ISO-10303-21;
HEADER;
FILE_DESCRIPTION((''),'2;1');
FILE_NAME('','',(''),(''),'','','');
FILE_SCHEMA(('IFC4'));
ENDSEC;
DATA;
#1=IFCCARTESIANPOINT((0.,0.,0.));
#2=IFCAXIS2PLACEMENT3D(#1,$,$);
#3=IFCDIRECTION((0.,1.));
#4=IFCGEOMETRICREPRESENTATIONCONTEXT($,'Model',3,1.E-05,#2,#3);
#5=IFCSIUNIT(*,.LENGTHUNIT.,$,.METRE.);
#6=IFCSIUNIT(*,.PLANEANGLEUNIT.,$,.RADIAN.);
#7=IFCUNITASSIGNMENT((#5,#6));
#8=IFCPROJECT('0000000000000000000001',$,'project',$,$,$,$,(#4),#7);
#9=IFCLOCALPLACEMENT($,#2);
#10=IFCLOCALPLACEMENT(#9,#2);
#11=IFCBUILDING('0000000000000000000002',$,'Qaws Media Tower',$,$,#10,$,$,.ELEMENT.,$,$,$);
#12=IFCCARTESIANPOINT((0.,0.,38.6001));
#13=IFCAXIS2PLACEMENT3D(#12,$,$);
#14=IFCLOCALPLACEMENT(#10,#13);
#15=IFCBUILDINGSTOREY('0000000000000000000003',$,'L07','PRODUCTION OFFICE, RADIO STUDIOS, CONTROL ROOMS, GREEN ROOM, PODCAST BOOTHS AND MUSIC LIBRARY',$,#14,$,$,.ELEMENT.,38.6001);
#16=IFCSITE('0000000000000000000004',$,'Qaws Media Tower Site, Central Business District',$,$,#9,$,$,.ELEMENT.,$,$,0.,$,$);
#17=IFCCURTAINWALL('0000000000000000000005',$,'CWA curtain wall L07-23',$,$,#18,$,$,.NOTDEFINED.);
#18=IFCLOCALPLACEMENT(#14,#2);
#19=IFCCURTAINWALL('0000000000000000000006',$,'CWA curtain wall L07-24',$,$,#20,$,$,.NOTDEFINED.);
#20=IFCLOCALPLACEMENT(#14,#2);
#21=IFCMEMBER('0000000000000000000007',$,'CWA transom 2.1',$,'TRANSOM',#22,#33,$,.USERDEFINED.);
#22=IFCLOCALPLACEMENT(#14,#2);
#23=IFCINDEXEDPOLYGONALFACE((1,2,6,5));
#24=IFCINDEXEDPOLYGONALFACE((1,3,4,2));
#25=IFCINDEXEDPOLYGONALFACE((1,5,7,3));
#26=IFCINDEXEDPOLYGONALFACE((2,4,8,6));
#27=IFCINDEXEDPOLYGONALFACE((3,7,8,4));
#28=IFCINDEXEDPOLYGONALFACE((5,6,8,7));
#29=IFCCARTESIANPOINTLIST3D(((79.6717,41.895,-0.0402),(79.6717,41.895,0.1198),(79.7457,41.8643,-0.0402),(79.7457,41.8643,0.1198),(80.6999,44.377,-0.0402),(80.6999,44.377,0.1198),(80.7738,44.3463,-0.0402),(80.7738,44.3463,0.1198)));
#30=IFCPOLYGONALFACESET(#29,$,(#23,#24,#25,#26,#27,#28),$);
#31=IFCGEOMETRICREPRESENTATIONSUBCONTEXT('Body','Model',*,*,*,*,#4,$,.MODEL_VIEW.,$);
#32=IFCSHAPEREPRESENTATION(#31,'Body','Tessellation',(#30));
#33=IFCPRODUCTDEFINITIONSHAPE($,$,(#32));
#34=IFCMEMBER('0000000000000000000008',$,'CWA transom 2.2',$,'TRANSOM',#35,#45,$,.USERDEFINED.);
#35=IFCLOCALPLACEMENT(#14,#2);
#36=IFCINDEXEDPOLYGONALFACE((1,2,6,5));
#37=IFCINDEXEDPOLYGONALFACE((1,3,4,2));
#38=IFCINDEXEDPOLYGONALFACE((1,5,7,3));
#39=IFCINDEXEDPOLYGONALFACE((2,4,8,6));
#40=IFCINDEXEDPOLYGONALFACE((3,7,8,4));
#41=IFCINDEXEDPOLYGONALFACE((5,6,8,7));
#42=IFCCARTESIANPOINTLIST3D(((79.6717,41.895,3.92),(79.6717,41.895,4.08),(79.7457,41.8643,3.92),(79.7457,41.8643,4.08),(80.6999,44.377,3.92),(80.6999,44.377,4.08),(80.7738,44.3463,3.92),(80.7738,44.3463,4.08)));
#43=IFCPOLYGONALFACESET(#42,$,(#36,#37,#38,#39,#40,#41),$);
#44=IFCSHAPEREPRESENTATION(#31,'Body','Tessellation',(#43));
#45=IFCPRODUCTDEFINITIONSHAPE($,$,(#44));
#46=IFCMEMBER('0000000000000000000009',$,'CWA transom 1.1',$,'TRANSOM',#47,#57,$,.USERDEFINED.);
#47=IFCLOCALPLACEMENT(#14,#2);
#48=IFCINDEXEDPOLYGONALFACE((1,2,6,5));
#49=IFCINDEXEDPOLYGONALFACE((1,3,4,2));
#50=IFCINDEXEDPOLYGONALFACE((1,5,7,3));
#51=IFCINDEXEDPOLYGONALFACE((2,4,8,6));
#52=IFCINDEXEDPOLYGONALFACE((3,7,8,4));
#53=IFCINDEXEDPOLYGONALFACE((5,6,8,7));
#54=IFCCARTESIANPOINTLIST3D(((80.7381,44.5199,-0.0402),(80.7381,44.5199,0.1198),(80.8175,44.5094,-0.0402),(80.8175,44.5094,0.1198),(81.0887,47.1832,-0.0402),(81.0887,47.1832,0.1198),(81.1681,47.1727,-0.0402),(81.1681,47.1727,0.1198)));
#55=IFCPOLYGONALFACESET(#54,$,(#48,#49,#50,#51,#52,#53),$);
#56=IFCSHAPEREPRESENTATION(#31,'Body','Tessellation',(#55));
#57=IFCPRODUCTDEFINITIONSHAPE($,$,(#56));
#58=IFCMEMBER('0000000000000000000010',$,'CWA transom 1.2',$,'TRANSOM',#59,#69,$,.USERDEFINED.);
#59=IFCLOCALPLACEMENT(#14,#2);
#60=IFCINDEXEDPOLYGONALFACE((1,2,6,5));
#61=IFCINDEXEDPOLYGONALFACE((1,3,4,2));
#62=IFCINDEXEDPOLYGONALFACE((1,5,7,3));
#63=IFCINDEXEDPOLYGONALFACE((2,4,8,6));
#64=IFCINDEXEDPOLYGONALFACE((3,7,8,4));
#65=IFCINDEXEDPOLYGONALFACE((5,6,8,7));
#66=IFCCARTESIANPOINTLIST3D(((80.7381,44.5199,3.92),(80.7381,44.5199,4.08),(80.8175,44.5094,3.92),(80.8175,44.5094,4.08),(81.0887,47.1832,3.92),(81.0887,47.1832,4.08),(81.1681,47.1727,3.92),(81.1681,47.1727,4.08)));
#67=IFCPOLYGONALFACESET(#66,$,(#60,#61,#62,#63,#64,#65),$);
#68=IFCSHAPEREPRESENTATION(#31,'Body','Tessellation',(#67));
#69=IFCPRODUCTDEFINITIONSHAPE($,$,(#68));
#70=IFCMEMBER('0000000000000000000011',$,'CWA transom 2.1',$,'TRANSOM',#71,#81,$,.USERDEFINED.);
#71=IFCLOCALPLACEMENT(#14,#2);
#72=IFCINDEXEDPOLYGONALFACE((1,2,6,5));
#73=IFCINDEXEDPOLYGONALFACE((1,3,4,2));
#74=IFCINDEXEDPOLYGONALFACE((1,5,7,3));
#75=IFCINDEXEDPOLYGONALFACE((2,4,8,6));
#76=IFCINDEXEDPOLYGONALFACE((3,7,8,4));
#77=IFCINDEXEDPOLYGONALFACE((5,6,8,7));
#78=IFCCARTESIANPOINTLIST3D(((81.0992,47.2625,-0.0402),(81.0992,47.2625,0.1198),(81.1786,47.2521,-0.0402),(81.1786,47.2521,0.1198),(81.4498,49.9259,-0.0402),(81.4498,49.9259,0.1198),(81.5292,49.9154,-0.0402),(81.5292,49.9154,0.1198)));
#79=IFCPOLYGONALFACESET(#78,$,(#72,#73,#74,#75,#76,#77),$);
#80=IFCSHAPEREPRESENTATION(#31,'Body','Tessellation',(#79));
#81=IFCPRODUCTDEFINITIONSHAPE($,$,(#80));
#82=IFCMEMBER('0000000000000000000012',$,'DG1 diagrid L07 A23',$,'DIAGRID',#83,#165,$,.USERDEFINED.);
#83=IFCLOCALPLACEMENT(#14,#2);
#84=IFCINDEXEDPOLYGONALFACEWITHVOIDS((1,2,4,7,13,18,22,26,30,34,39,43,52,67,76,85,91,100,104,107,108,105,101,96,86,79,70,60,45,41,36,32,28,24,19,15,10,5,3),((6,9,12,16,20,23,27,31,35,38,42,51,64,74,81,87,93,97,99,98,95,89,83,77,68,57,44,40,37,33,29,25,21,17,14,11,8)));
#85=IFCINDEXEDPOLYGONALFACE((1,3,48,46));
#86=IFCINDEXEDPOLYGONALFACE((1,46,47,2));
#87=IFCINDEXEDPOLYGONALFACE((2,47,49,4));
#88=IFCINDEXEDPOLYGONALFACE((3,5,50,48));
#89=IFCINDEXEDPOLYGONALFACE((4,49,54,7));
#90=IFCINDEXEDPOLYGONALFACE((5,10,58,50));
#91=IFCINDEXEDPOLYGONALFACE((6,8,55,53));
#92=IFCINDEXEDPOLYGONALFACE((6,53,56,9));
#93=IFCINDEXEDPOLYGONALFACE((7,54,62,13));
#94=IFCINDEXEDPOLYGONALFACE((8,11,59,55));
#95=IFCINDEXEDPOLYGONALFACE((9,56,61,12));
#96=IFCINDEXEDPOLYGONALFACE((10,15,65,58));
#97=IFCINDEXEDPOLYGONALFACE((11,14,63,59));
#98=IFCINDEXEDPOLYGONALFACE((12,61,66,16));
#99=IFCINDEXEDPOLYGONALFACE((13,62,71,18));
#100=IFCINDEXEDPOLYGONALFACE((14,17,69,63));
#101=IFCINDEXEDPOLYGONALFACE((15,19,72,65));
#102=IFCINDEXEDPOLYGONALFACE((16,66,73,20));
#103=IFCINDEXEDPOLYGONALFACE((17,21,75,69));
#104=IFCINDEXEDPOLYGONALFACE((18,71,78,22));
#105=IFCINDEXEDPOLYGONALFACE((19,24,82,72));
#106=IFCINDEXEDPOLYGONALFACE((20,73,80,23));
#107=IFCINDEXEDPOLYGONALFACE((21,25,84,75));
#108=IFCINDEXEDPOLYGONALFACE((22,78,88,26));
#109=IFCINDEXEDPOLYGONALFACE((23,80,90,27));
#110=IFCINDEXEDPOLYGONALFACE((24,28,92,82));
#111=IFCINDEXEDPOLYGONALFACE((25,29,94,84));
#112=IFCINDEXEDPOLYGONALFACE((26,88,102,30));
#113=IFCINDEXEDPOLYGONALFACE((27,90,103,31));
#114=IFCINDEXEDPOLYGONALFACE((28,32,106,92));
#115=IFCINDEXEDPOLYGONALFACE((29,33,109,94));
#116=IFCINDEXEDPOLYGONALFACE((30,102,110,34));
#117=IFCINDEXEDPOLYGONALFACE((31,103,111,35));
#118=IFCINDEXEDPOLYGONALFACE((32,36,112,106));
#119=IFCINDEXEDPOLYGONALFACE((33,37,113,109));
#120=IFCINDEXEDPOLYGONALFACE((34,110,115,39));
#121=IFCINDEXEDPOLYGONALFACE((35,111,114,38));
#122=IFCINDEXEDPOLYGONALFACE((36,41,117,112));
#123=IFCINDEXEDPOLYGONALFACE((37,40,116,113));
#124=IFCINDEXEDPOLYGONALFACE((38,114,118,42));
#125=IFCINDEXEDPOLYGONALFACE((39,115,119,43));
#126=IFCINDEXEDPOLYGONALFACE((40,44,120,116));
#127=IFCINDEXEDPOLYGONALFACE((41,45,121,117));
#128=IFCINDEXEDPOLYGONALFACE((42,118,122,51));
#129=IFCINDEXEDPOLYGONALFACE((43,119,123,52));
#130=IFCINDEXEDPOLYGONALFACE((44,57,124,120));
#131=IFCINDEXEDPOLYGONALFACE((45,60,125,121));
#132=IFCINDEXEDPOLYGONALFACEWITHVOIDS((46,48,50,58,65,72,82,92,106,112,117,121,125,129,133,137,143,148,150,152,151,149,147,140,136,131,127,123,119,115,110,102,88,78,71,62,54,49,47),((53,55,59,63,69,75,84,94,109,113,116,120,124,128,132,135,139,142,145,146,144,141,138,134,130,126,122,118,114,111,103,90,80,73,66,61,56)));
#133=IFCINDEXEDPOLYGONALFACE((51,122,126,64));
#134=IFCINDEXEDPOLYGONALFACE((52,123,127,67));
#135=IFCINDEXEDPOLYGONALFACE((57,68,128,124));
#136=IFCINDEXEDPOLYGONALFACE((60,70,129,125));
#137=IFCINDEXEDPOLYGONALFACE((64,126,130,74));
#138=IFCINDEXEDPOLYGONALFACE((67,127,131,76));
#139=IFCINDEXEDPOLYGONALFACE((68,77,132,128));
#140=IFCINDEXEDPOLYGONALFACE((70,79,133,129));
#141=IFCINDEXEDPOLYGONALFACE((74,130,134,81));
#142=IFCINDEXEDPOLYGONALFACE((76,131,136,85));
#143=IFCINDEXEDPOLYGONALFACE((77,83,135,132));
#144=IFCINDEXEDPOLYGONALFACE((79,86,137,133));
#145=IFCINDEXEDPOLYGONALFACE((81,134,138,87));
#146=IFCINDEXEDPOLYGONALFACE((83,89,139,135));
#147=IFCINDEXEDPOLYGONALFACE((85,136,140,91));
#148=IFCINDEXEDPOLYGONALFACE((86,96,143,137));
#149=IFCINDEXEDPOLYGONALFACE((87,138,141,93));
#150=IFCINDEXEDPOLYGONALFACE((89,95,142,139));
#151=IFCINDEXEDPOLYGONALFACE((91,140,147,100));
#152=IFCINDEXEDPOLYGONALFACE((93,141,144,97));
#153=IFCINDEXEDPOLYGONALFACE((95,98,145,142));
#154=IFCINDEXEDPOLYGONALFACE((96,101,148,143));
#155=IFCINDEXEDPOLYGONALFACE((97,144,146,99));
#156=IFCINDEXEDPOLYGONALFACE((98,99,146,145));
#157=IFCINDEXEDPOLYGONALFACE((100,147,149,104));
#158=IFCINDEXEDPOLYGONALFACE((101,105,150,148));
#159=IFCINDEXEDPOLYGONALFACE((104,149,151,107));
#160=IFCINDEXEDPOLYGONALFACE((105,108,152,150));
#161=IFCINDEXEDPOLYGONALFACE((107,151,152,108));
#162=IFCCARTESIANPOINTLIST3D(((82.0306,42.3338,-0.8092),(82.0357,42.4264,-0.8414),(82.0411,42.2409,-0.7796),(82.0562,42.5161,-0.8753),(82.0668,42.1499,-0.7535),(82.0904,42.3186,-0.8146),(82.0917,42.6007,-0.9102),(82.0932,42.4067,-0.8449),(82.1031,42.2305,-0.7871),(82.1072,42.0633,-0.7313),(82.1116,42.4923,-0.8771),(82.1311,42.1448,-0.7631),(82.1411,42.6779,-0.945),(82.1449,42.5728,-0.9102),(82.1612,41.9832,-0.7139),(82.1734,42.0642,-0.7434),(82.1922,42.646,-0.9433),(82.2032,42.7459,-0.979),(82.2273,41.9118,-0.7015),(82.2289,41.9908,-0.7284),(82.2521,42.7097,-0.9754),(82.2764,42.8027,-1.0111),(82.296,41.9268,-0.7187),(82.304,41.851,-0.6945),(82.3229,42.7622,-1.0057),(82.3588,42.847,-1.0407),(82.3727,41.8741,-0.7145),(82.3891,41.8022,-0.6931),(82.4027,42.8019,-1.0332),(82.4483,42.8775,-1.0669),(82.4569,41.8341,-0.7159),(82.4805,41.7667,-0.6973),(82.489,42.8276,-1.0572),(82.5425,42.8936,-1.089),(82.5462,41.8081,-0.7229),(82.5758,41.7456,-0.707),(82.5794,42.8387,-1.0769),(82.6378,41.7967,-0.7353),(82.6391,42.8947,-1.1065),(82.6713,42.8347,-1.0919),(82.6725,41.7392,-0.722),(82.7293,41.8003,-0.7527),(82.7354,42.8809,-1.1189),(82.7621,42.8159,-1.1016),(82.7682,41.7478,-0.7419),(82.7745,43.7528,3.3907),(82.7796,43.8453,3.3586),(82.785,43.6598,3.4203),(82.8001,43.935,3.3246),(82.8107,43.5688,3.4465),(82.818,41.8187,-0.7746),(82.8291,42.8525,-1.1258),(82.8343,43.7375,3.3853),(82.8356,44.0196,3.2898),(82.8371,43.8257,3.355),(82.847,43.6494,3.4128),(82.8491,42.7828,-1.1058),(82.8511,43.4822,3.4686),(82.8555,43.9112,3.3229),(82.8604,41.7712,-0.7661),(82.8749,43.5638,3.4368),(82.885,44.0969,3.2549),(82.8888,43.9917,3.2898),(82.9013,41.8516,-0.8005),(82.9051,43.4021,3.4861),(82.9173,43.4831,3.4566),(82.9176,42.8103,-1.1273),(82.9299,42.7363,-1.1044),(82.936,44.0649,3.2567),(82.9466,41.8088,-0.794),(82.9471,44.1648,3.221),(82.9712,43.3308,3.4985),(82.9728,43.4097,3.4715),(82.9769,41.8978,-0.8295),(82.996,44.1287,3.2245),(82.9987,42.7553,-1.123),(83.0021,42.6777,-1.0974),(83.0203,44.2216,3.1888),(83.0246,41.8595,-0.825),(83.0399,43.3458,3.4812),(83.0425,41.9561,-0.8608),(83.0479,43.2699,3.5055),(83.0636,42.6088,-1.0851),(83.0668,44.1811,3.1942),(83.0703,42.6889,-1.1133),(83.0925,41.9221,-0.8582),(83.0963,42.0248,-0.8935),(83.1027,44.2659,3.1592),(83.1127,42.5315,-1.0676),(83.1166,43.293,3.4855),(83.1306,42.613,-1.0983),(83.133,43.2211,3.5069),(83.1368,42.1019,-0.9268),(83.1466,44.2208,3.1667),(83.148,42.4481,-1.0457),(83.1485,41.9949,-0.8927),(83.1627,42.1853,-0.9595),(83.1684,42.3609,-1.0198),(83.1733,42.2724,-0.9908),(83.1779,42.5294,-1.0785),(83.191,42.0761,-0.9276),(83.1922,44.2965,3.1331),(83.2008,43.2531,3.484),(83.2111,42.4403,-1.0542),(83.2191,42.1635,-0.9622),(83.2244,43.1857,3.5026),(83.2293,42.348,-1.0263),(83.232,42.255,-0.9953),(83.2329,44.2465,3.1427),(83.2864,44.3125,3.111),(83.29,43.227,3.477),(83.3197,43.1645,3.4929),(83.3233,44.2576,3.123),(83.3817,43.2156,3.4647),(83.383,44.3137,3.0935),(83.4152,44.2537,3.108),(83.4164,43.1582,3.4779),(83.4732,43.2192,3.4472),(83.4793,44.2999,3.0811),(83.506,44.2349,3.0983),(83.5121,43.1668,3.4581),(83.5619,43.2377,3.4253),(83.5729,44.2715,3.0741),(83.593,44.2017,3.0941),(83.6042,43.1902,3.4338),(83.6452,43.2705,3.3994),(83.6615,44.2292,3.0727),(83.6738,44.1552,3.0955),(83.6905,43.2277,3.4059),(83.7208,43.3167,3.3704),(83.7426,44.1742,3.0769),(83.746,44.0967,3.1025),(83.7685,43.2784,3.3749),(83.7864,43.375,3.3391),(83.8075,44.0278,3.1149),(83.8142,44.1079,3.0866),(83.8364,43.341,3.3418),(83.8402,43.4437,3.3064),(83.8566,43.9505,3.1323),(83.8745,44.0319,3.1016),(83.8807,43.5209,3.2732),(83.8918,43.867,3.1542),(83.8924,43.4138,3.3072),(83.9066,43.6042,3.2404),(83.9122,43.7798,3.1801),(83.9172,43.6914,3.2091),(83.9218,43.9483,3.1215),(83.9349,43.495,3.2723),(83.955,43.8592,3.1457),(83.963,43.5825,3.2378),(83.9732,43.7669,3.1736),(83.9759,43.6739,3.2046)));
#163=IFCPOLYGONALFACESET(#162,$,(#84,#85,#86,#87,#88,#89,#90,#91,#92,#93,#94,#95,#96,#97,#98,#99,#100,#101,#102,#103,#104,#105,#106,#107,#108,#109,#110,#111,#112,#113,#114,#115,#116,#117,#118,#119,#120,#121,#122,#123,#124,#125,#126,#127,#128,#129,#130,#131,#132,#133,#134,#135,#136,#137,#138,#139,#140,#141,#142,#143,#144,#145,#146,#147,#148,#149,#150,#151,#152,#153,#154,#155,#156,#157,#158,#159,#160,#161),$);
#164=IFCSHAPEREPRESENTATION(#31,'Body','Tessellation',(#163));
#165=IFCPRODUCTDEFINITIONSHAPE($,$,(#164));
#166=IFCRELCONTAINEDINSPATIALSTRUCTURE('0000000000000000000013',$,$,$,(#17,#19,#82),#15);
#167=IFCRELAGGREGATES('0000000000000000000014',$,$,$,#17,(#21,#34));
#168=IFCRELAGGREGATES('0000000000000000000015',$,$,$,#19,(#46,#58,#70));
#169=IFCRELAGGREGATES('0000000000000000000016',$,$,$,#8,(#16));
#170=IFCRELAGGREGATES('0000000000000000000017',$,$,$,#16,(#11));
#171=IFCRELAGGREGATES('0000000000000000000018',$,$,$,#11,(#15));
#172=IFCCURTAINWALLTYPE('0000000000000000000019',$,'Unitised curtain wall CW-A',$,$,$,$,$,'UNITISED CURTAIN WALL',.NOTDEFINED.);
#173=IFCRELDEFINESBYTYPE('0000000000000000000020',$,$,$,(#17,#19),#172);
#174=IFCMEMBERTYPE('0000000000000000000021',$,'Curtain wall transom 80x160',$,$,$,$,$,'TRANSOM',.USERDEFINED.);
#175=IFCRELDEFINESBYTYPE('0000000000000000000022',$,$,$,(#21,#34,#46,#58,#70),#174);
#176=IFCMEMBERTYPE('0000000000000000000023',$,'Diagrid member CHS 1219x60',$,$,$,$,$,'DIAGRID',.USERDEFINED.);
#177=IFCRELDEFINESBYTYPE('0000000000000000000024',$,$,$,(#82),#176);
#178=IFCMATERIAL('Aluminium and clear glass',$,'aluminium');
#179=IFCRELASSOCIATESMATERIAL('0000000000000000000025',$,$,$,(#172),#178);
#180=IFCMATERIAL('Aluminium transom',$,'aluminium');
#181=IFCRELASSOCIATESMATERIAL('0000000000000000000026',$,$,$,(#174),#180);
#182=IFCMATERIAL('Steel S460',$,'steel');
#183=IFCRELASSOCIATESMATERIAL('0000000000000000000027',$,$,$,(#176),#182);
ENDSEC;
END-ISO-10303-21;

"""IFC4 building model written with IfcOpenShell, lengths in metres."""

from ifc_helpers import new_model, si_unit, direction, frame, origin, origin_2d, place, context, subcontext, project, spatial, rectangle, hollow_circle, extrude, material, material_profile, profile_set, type_object, element, aggregate, save


model = new_model("IFC4")

# Units and contexts
model_context = context("Model", 3, precision=1e-05, world=origin(), true_north=direction((0.0, 1.0)))
body_context = subcontext(model_context, "Body", "Model", "MODEL_VIEW")
ifc_project = project(units=[si_unit("LENGTHUNIT", "METRE"), si_unit("PLANEANGLEUNIT", "RADIAN")], contexts=[model_context])

# Site, building, storey
site_placement = place(None, origin())
site = spatial("IfcSite", under=ifc_project, at=site_placement, Name="Qaws Media Tower Site, Central Business District", CompositionType="ELEMENT", RefElevation=0.0)
building_placement = place(site_placement, origin())
building = spatial("IfcBuilding", under=site, at=building_placement, Name="Qaws Media Tower", CompositionType="ELEMENT")
storey_placement = place(building_placement, frame((0.0, 0.0, 38.6001)))
storey = spatial("IfcBuildingStorey", under=building, at=storey_placement, Name="L07", Description="PRODUCTION OFFICE, RADIO STUDIOS, CONTROL ROOMS, GREEN ROOM, PODCAST BOOTHS AND MUSIC LIBRARY", CompositionType="ELEMENT", Elevation=38.6001)

# Curtain walls
ifc_material_1 = material(Name="Aluminium and clear glass", Category="aluminium")
curtain_wall_type = type_object("IfcCurtainWallType", Name="Unitised curtain wall CW-A", ElementType="UNITISED CURTAIN WALL", PredefinedType="NOTDEFINED", material=ifc_material_1)
curtain_wall_1_placement = place(storey_placement, origin())
curtain_wall_1 = element("IfcCurtainWall", 1, at=curtain_wall_1_placement, inside=storey, type_object=curtain_wall_type, Name="CWA curtain wall L07-23", PredefinedType="NOTDEFINED")
curtain_wall_2_placement = place(storey_placement, origin())
curtain_wall_2 = element("IfcCurtainWall", 2, at=curtain_wall_2_placement, inside=storey, type_object=curtain_wall_type, Name="CWA curtain wall L07-24", PredefinedType="NOTDEFINED")

# Members
ifc_material_2 = material(Name="Aluminium transom", Category="aluminium")
ifc_material_profile_1 = material_profile(ifc_material_2, rectangle(XDim=0.0801, YDim=0.1599, at=origin_2d()), Name="80x160")
ifc_profile_set_1 = profile_set([ifc_material_profile_1], Name="Aluminium transom")
member_type_1 = type_object("IfcMemberType", Name="Curtain wall transom 80x160", ElementType="TRANSOM", PredefinedType="USERDEFINED", material=ifc_profile_set_1)
member_1_placement = place(storey_placement, frame((79.7087, 41.8796, 0.0398), z_axis=(0.382692, 0.923876, 0.0), x_axis=(-0.923876, 0.382692, 0.0)))
member_1 = element("IfcMember", 3, at=member_1_placement, type_object=member_type_1, Name="CWA transom 2.1", ObjectType="TRANSOM", PredefinedType="USERDEFINED", context=body_context, shape_type="SweptSolid", body=[
    extrude(rectangle(XDim=0.0801, YDim=0.1599, at=origin_2d()), origin(), (0.0, 0.0, 1.0), 2.6865),
])
member_2_placement = place(storey_placement, frame((79.7087, 41.8796, 4.0), z_axis=(0.382692, 0.923876, 0.0), x_axis=(-0.923876, 0.382692, 0.0)))
member_2 = element("IfcMember", 4, at=member_2_placement, type_object=member_type_1, Name="CWA transom 2.2", ObjectType="TRANSOM", PredefinedType="USERDEFINED", context=body_context, shape_type="SweptSolid", body=[
    extrude(rectangle(XDim=0.0801, YDim=0.1599, at=origin_2d()), origin(), (0.0, 0.0, 1.0), 2.6865),
])
member_3_placement = place(storey_placement, frame((80.7778, 44.5146, 0.0398), z_axis=(0.130509, 0.991447, 0.0), x_axis=(-0.991447, 0.130509, 0.0)))
member_3 = element("IfcMember", 5, at=member_3_placement, type_object=member_type_1, Name="CWA transom 1.1", ObjectType="TRANSOM", PredefinedType="USERDEFINED", context=body_context, shape_type="SweptSolid", body=[
    extrude(rectangle(XDim=0.0801, YDim=0.1599, at=origin_2d()), origin(), (0.0, 0.0, 1.0), 2.6863),
])
member_4_placement = place(storey_placement, frame((80.7778, 44.5146, 4.0), z_axis=(0.130509, 0.991447, 0.0), x_axis=(-0.991447, 0.130509, 0.0)))
member_4 = element("IfcMember", 6, at=member_4_placement, type_object=member_type_1, Name="CWA transom 1.2", ObjectType="TRANSOM", PredefinedType="USERDEFINED", context=body_context, shape_type="SweptSolid", body=[
    extrude(rectangle(XDim=0.0801, YDim=0.1599, at=origin_2d()), origin(), (0.0, 0.0, 1.0), 2.6863),
])
member_5_placement = place(storey_placement, frame((81.1389, 47.2573, 0.0398), z_axis=(0.130509, 0.991447, 0.0), x_axis=(-0.991447, 0.130509, 0.0)))
member_5 = element("IfcMember", 7, at=member_5_placement, type_object=member_type_1, Name="CWA transom 2.1", ObjectType="TRANSOM", PredefinedType="USERDEFINED", context=body_context, shape_type="SweptSolid", body=[
    extrude(rectangle(XDim=0.0801, YDim=0.1599, at=origin_2d()), origin(), (0.0, 0.0, 1.0), 2.6863),
])

# Member
ifc_material_3 = material(Name="Steel S460", Category="steel")
ifc_material_profile_2 = material_profile(ifc_material_3, hollow_circle(Radius=0.6096, WallThickness=0.0601, at=origin_2d()), Name="CHS 1219x60")
ifc_profile_set_2 = profile_set([ifc_material_profile_2], Name="Steel S460")
member_type_2 = type_object("IfcMemberType", Name="Diagrid member CHS 1219x60", ElementType="DIAGRID", PredefinedType="USERDEFINED", material=ifc_profile_set_2)
for number, where, z_axis, x_axis, name in (
    (8, (82.6316, 42.3176, -0.9102), (0.165489, 0.315661, 0.934329), (-0.885667, 0.46432, 0.0), "DG1 diagrid L07 A23"),
):
    element("IfcMember", number, at=place(storey_placement, frame(where, z_axis=z_axis, x_axis=x_axis)), inside=storey, type_object=member_type_2, Name=name, ObjectType="DIAGRID", PredefinedType="USERDEFINED", context=body_context, shape_type="SweptSolid", body=[
        extrude(hollow_circle(Radius=0.6096, WallThickness=0.0601, at=origin_2d()), origin(), (0.0, 0.0, 1.0), 4.4951),
    ])

aggregate(curtain_wall_1, [member_1, member_2])
aggregate(curtain_wall_2, [member_3, member_4, member_5])

save(model, "model.ifc")
